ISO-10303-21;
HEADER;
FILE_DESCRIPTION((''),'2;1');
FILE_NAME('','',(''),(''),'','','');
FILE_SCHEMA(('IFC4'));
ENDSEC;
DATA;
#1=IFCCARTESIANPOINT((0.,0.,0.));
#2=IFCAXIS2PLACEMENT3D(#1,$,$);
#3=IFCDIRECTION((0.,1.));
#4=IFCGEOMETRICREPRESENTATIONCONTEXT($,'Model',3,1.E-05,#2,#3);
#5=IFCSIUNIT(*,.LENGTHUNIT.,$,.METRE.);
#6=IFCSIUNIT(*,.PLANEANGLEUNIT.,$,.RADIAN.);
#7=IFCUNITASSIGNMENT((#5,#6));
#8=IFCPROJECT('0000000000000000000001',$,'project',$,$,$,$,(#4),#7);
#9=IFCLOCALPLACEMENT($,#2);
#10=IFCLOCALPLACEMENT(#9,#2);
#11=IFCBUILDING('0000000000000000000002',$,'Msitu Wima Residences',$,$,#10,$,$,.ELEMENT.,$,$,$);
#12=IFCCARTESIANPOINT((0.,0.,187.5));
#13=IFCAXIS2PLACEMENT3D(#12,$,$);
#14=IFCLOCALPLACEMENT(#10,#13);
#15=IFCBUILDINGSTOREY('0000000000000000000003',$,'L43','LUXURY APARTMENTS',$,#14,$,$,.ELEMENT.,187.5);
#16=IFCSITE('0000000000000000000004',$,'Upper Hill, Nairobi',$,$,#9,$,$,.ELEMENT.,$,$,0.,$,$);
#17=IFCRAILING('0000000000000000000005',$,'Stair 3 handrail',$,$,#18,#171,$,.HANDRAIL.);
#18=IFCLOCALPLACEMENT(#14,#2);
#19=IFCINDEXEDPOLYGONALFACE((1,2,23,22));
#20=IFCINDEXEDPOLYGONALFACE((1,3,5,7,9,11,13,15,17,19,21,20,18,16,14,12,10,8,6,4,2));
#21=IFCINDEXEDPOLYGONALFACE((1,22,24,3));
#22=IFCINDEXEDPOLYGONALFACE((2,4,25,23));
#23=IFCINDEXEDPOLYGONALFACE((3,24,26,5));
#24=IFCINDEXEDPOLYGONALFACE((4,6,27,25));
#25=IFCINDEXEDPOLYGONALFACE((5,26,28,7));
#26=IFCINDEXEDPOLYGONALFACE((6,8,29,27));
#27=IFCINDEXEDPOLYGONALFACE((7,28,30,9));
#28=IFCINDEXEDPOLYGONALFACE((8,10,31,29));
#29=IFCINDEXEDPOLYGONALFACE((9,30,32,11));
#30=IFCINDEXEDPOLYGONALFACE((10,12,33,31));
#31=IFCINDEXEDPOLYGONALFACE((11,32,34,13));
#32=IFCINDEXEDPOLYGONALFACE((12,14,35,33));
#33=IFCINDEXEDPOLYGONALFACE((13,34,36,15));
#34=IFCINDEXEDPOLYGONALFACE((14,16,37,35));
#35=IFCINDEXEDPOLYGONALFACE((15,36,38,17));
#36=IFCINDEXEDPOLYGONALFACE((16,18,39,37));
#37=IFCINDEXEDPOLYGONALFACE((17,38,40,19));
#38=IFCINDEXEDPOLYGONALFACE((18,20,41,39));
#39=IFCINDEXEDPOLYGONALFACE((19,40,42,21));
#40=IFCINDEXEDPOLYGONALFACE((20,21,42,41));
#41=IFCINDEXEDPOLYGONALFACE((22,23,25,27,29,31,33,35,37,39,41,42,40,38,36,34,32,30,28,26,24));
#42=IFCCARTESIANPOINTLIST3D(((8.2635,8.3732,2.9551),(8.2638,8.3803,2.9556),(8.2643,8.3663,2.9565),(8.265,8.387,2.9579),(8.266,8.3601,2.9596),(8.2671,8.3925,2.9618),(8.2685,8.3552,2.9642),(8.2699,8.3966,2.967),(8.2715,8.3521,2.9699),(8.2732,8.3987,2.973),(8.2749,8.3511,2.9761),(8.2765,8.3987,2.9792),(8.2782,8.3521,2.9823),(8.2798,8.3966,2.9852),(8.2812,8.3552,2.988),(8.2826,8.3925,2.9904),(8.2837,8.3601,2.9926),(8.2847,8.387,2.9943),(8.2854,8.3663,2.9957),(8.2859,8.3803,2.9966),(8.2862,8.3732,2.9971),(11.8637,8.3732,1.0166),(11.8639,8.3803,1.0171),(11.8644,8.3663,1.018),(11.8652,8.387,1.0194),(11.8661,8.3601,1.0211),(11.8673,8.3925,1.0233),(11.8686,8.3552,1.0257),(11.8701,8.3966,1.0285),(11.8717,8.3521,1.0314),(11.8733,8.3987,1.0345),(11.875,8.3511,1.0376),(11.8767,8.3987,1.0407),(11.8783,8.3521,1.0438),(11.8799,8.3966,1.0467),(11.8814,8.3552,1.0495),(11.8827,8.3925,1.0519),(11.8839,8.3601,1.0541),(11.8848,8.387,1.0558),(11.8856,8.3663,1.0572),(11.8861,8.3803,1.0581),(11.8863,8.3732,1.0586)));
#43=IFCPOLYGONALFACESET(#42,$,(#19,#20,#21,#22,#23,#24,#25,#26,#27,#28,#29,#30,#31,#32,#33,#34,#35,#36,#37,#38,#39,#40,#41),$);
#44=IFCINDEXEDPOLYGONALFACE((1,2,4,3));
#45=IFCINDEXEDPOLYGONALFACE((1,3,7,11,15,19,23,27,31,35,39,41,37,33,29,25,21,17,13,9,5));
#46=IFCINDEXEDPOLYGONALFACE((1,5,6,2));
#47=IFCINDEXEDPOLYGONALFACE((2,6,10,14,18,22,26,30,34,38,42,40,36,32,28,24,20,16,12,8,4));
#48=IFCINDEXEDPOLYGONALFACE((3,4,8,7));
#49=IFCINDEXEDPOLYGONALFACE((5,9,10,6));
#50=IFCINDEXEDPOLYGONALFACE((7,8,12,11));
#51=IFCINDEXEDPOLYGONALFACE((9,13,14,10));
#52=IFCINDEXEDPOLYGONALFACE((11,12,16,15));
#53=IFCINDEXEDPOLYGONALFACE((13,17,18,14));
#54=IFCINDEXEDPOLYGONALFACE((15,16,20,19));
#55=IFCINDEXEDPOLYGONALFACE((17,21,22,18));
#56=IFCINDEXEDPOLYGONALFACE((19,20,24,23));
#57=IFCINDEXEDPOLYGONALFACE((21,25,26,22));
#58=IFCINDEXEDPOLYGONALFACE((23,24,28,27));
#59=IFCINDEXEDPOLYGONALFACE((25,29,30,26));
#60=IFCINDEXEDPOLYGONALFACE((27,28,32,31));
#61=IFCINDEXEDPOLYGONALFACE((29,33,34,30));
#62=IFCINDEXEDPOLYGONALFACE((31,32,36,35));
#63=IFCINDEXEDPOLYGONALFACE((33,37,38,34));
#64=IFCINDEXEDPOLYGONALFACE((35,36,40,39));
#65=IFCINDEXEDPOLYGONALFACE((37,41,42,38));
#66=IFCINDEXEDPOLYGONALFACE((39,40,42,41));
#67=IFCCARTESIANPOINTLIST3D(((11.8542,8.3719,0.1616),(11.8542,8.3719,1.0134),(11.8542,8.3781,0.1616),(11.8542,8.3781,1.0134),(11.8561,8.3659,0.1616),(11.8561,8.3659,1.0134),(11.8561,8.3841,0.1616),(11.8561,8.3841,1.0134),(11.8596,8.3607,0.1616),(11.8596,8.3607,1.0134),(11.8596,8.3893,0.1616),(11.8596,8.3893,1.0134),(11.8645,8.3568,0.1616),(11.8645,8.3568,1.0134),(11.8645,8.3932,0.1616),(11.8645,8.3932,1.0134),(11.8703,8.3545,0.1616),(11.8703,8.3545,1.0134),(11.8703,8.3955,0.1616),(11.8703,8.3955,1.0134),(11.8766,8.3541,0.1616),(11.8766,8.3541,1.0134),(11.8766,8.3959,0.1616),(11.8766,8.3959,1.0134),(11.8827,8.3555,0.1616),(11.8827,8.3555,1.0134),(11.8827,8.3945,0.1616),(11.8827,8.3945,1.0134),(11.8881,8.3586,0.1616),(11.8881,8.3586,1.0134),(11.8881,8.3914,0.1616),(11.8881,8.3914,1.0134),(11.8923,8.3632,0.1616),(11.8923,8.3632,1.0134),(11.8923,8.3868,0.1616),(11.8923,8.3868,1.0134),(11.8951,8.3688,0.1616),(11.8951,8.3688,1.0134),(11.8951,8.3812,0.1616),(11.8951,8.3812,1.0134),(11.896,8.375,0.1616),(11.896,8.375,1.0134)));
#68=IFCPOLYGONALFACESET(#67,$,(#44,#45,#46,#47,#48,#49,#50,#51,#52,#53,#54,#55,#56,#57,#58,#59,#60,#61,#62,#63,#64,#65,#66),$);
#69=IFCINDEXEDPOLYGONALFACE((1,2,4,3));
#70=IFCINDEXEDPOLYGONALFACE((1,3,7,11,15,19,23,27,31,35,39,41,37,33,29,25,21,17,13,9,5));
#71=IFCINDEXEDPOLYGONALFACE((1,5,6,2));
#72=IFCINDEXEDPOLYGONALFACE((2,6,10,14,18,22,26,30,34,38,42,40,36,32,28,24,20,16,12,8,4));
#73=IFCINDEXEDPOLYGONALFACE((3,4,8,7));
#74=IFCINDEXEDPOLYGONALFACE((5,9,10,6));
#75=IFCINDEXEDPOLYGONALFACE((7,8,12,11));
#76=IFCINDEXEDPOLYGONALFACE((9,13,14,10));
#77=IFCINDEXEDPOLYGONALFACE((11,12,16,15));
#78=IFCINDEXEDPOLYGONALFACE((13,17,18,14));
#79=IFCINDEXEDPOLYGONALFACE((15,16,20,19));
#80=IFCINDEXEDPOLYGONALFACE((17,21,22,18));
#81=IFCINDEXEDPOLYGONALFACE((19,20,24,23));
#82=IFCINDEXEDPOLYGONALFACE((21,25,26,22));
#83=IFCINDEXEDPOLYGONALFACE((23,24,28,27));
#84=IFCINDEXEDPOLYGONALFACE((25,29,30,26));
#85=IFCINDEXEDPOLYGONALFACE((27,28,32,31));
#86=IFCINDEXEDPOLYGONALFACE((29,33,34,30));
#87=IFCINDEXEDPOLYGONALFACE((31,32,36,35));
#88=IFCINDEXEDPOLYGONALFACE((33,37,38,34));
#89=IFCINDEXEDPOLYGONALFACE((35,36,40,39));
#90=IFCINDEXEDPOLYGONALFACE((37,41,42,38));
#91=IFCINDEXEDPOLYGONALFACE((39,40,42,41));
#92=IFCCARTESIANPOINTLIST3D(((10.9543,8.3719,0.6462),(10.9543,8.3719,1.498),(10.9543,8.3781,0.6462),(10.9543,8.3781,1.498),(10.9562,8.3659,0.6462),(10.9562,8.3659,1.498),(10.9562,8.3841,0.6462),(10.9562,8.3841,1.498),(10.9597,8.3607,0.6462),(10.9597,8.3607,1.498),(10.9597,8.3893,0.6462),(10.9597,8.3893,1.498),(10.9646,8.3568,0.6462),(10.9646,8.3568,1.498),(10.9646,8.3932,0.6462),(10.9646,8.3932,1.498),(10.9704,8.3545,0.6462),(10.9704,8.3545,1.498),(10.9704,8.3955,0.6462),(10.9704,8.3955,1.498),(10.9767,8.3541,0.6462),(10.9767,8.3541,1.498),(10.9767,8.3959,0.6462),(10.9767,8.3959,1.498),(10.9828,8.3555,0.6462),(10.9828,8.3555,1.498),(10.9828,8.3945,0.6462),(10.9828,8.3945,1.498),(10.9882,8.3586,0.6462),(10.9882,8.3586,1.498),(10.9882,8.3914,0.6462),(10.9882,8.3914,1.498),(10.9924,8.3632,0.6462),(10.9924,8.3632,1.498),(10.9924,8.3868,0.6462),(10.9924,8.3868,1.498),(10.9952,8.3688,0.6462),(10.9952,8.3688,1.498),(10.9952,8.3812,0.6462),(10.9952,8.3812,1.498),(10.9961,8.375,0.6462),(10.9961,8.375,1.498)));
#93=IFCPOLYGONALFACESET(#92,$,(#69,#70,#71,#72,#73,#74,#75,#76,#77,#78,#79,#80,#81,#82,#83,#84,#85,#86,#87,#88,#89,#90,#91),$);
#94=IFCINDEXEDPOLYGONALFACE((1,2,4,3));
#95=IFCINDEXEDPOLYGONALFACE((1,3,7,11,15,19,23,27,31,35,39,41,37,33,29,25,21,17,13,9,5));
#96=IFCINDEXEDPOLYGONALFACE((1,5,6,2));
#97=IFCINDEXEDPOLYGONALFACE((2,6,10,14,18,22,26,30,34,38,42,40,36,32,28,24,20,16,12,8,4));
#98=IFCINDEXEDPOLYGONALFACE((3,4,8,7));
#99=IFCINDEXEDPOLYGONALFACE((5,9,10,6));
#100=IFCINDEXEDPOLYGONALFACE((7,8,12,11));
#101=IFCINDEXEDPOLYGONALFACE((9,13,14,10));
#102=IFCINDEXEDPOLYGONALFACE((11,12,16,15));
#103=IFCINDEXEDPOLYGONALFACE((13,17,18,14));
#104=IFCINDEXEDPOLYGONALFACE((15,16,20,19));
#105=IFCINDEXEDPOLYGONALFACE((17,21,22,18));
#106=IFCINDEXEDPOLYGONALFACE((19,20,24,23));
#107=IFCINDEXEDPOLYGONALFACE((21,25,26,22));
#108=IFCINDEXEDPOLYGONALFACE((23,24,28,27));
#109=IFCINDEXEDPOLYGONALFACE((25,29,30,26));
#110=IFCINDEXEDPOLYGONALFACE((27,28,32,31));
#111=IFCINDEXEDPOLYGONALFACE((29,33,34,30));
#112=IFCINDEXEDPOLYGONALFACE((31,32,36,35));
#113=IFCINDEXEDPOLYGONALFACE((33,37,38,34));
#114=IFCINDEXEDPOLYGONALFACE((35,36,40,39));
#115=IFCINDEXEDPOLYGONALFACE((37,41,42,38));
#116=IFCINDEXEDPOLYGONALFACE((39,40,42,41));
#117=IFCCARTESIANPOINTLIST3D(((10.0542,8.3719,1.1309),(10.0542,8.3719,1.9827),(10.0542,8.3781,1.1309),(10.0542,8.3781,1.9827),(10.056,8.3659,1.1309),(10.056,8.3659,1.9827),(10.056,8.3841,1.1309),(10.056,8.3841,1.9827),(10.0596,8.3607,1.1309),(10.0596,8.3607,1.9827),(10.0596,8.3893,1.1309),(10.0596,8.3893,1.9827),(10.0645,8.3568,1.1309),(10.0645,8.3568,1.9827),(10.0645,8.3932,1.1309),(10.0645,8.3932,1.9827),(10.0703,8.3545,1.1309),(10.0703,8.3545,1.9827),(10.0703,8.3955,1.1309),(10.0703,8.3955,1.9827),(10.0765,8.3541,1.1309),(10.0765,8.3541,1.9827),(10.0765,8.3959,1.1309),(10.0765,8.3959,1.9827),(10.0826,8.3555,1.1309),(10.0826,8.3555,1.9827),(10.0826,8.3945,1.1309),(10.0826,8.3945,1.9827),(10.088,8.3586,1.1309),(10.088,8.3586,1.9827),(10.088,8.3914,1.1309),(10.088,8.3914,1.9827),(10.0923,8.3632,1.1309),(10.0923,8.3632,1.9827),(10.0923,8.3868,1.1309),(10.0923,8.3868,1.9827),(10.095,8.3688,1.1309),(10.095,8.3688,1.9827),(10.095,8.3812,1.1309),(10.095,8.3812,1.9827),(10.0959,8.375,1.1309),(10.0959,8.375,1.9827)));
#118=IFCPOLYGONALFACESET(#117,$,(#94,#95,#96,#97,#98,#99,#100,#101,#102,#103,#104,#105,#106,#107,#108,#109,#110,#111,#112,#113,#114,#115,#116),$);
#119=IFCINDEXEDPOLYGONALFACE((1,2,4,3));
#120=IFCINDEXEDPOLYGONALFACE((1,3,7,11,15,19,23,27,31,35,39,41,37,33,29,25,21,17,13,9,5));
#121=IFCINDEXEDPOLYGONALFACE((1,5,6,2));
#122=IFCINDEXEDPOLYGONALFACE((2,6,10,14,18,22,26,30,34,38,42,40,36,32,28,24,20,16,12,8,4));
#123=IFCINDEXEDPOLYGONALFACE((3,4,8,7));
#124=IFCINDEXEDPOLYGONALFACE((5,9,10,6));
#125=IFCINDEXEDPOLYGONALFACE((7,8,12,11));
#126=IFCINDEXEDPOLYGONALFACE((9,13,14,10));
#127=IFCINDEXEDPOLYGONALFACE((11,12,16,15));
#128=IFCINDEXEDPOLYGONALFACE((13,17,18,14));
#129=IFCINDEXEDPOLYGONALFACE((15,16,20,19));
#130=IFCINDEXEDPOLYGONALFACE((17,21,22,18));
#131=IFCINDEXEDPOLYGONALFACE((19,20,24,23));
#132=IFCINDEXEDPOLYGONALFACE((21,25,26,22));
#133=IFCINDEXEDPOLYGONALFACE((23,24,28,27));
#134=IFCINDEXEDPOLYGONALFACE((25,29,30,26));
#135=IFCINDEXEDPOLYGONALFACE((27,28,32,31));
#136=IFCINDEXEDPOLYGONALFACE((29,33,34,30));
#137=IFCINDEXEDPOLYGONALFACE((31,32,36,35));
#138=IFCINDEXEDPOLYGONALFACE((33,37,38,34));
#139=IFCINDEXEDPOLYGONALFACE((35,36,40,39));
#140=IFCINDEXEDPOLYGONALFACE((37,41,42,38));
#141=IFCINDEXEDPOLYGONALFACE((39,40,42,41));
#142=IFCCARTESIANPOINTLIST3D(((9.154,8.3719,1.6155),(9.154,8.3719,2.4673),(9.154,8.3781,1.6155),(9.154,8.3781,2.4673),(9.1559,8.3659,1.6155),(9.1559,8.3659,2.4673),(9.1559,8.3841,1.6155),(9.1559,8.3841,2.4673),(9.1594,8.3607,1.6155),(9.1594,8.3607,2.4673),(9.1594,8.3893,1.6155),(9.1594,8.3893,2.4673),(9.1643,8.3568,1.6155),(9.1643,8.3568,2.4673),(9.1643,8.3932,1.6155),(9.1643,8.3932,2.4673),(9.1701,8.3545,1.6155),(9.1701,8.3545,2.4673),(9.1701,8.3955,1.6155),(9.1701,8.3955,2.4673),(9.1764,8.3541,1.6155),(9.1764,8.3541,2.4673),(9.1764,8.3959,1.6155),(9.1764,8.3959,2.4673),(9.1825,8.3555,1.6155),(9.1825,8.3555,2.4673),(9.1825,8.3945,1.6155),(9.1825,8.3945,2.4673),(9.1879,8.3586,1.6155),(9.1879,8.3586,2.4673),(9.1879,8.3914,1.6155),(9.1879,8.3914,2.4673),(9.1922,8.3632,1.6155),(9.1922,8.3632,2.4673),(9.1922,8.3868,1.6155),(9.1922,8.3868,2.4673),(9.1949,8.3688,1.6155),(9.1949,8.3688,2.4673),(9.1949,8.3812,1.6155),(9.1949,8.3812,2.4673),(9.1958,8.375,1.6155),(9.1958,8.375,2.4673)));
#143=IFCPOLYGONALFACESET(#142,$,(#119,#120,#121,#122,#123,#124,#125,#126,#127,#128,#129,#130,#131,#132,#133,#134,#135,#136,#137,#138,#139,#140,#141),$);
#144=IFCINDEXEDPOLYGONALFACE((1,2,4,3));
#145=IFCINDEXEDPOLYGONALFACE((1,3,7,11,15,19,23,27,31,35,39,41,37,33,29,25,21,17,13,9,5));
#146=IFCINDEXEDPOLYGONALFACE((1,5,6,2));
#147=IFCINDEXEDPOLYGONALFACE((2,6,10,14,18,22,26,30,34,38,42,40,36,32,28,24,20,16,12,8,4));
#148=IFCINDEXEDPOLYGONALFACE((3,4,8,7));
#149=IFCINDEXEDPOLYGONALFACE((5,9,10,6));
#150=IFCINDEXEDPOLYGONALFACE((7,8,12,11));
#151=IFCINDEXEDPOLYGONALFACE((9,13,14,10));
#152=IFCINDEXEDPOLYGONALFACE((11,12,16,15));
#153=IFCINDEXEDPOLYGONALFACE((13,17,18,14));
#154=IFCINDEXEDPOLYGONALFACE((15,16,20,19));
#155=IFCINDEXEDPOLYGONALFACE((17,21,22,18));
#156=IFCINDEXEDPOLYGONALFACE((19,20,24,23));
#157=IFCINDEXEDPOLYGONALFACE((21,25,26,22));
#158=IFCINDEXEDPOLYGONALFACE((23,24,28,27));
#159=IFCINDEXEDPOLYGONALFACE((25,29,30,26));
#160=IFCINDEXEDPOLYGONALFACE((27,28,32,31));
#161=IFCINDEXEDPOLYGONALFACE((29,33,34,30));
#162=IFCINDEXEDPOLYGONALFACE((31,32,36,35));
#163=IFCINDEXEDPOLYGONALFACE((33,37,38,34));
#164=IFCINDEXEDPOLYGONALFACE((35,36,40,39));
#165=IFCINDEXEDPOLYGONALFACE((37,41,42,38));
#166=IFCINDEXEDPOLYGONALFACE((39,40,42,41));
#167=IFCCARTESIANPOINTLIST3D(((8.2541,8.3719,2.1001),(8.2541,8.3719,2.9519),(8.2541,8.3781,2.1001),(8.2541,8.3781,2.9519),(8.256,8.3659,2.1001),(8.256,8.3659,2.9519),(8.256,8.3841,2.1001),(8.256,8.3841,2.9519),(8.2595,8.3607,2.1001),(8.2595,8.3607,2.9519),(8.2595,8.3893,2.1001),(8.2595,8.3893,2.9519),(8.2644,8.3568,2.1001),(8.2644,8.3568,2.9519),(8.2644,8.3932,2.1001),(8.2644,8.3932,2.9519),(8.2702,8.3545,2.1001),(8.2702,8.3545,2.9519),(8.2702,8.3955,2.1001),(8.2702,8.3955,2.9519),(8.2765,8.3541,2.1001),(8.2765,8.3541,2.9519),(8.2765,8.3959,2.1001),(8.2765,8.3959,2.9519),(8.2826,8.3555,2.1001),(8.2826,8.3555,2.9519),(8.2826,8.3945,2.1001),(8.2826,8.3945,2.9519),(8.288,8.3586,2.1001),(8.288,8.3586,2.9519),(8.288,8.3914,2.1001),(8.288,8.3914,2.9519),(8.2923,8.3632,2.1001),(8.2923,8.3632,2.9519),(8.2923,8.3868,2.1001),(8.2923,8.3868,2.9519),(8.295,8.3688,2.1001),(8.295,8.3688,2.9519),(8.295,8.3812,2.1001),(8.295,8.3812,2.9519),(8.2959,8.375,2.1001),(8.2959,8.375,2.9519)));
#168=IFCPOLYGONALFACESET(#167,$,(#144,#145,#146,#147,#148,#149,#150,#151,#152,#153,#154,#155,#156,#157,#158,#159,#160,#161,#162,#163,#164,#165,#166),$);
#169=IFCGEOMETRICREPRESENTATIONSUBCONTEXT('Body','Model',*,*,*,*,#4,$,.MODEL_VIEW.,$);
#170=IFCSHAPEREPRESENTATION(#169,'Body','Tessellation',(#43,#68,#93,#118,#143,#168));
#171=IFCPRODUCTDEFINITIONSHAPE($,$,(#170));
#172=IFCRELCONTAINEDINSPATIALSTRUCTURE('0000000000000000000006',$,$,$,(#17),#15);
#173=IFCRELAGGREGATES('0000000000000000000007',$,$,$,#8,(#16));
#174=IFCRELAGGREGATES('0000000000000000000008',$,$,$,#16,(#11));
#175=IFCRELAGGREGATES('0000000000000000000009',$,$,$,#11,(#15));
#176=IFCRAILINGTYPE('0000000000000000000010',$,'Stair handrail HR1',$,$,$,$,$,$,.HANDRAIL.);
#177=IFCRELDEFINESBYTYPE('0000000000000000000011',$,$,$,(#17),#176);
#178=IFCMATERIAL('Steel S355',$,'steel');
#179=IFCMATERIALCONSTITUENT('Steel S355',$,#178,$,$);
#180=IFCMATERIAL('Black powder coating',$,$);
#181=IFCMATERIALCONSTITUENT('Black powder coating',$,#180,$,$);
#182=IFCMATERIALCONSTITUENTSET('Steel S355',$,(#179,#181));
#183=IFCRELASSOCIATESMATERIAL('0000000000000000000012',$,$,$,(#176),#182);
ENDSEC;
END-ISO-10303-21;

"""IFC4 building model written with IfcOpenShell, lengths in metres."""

from ifc_helpers import new_model, si_unit, direction, frame, origin, origin_2d, place, context, subcontext, project, spatial, circle, extrude, material, constituent, constituent_set, type_object, element, save


model = new_model("IFC4")

# Units and contexts
model_context = context("Model", 3, precision=1e-05, world=origin(), true_north=direction((0.0, 1.0)))
body_context = subcontext(model_context, "Body", "Model", "MODEL_VIEW")
ifc_project = project(units=[si_unit("LENGTHUNIT", "METRE"), si_unit("PLANEANGLEUNIT", "RADIAN")], contexts=[model_context])

# Site, building, storey
site_placement = place(None, origin())
site = spatial("IfcSite", under=ifc_project, at=site_placement, Name="Upper Hill, Nairobi", CompositionType="ELEMENT", RefElevation=0.0)
building_placement = place(site_placement, origin())
building = spatial("IfcBuilding", under=site, at=building_placement, Name="Msitu Wima Residences", CompositionType="ELEMENT")
storey_placement = place(building_placement, frame((0.0, 0.0, 187.5)))
storey = spatial("IfcBuildingStorey", under=building, at=storey_placement, Name="L43", Description="LUXURY APARTMENTS", CompositionType="ELEMENT", Elevation=187.5)

# Railing
ifc_material_1 = material(Name="Steel S355", Category="steel")
ifc_constituent_1 = constituent(ifc_material_1, Name="Steel S355")
ifc_material_2 = material(Name="Black powder coating")
ifc_constituent_2 = constituent(ifc_material_2, Name="Black powder coating")
ifc_constituent_set = constituent_set(constituents=[ifc_constituent_1, ifc_constituent_2], Name="Steel S355")
railing_type = type_object("IfcRailingType", Name="Stair handrail HR1", PredefinedType="HANDRAIL", material=ifc_constituent_set)
for number, where, name in (
    (1, (11.875, 8.375, 0.1616), "Stair 3 handrail"),
):
    element("IfcRailing", number, at=place(storey_placement, frame(where)), inside=storey, type_object=railing_type, Name=name, PredefinedType="HANDRAIL", context=body_context, shape_type="SweptSolid", body=[
        extrude(circle(Radius=0.0239, at=origin_2d()), frame((0.0, 0.0, 0.876), z_axis=(-0.880475, 0.0, 0.474093), x_axis=(0.0, -1.0, 0.0)), (0.0, 0.0, 1.0), 4.0889),
        extrude(circle(Radius=0.021, at=origin_2d()), origin(), (0.0, 0.0, 1.0), 0.8518),
        extrude(circle(Radius=0.021, at=origin_2d()), frame((-0.8999, 0.0, 0.4846)), (0.0, 0.0, 1.0), 0.8518),
        extrude(circle(Radius=0.021, at=origin_2d()), frame((-1.8, 0.0, 0.9692)), (0.0, 0.0, 1.0), 0.8518),
        extrude(circle(Radius=0.021, at=origin_2d()), frame((-2.7002, 0.0, 1.4539)), (0.0, 0.0, 1.0), 0.8518),
        extrude(circle(Radius=0.021, at=origin_2d()), frame((-3.6001, 0.0, 1.9385)), (0.0, 0.0, 1.0), 0.8518),
    ])

save(model, "model.ifc")
